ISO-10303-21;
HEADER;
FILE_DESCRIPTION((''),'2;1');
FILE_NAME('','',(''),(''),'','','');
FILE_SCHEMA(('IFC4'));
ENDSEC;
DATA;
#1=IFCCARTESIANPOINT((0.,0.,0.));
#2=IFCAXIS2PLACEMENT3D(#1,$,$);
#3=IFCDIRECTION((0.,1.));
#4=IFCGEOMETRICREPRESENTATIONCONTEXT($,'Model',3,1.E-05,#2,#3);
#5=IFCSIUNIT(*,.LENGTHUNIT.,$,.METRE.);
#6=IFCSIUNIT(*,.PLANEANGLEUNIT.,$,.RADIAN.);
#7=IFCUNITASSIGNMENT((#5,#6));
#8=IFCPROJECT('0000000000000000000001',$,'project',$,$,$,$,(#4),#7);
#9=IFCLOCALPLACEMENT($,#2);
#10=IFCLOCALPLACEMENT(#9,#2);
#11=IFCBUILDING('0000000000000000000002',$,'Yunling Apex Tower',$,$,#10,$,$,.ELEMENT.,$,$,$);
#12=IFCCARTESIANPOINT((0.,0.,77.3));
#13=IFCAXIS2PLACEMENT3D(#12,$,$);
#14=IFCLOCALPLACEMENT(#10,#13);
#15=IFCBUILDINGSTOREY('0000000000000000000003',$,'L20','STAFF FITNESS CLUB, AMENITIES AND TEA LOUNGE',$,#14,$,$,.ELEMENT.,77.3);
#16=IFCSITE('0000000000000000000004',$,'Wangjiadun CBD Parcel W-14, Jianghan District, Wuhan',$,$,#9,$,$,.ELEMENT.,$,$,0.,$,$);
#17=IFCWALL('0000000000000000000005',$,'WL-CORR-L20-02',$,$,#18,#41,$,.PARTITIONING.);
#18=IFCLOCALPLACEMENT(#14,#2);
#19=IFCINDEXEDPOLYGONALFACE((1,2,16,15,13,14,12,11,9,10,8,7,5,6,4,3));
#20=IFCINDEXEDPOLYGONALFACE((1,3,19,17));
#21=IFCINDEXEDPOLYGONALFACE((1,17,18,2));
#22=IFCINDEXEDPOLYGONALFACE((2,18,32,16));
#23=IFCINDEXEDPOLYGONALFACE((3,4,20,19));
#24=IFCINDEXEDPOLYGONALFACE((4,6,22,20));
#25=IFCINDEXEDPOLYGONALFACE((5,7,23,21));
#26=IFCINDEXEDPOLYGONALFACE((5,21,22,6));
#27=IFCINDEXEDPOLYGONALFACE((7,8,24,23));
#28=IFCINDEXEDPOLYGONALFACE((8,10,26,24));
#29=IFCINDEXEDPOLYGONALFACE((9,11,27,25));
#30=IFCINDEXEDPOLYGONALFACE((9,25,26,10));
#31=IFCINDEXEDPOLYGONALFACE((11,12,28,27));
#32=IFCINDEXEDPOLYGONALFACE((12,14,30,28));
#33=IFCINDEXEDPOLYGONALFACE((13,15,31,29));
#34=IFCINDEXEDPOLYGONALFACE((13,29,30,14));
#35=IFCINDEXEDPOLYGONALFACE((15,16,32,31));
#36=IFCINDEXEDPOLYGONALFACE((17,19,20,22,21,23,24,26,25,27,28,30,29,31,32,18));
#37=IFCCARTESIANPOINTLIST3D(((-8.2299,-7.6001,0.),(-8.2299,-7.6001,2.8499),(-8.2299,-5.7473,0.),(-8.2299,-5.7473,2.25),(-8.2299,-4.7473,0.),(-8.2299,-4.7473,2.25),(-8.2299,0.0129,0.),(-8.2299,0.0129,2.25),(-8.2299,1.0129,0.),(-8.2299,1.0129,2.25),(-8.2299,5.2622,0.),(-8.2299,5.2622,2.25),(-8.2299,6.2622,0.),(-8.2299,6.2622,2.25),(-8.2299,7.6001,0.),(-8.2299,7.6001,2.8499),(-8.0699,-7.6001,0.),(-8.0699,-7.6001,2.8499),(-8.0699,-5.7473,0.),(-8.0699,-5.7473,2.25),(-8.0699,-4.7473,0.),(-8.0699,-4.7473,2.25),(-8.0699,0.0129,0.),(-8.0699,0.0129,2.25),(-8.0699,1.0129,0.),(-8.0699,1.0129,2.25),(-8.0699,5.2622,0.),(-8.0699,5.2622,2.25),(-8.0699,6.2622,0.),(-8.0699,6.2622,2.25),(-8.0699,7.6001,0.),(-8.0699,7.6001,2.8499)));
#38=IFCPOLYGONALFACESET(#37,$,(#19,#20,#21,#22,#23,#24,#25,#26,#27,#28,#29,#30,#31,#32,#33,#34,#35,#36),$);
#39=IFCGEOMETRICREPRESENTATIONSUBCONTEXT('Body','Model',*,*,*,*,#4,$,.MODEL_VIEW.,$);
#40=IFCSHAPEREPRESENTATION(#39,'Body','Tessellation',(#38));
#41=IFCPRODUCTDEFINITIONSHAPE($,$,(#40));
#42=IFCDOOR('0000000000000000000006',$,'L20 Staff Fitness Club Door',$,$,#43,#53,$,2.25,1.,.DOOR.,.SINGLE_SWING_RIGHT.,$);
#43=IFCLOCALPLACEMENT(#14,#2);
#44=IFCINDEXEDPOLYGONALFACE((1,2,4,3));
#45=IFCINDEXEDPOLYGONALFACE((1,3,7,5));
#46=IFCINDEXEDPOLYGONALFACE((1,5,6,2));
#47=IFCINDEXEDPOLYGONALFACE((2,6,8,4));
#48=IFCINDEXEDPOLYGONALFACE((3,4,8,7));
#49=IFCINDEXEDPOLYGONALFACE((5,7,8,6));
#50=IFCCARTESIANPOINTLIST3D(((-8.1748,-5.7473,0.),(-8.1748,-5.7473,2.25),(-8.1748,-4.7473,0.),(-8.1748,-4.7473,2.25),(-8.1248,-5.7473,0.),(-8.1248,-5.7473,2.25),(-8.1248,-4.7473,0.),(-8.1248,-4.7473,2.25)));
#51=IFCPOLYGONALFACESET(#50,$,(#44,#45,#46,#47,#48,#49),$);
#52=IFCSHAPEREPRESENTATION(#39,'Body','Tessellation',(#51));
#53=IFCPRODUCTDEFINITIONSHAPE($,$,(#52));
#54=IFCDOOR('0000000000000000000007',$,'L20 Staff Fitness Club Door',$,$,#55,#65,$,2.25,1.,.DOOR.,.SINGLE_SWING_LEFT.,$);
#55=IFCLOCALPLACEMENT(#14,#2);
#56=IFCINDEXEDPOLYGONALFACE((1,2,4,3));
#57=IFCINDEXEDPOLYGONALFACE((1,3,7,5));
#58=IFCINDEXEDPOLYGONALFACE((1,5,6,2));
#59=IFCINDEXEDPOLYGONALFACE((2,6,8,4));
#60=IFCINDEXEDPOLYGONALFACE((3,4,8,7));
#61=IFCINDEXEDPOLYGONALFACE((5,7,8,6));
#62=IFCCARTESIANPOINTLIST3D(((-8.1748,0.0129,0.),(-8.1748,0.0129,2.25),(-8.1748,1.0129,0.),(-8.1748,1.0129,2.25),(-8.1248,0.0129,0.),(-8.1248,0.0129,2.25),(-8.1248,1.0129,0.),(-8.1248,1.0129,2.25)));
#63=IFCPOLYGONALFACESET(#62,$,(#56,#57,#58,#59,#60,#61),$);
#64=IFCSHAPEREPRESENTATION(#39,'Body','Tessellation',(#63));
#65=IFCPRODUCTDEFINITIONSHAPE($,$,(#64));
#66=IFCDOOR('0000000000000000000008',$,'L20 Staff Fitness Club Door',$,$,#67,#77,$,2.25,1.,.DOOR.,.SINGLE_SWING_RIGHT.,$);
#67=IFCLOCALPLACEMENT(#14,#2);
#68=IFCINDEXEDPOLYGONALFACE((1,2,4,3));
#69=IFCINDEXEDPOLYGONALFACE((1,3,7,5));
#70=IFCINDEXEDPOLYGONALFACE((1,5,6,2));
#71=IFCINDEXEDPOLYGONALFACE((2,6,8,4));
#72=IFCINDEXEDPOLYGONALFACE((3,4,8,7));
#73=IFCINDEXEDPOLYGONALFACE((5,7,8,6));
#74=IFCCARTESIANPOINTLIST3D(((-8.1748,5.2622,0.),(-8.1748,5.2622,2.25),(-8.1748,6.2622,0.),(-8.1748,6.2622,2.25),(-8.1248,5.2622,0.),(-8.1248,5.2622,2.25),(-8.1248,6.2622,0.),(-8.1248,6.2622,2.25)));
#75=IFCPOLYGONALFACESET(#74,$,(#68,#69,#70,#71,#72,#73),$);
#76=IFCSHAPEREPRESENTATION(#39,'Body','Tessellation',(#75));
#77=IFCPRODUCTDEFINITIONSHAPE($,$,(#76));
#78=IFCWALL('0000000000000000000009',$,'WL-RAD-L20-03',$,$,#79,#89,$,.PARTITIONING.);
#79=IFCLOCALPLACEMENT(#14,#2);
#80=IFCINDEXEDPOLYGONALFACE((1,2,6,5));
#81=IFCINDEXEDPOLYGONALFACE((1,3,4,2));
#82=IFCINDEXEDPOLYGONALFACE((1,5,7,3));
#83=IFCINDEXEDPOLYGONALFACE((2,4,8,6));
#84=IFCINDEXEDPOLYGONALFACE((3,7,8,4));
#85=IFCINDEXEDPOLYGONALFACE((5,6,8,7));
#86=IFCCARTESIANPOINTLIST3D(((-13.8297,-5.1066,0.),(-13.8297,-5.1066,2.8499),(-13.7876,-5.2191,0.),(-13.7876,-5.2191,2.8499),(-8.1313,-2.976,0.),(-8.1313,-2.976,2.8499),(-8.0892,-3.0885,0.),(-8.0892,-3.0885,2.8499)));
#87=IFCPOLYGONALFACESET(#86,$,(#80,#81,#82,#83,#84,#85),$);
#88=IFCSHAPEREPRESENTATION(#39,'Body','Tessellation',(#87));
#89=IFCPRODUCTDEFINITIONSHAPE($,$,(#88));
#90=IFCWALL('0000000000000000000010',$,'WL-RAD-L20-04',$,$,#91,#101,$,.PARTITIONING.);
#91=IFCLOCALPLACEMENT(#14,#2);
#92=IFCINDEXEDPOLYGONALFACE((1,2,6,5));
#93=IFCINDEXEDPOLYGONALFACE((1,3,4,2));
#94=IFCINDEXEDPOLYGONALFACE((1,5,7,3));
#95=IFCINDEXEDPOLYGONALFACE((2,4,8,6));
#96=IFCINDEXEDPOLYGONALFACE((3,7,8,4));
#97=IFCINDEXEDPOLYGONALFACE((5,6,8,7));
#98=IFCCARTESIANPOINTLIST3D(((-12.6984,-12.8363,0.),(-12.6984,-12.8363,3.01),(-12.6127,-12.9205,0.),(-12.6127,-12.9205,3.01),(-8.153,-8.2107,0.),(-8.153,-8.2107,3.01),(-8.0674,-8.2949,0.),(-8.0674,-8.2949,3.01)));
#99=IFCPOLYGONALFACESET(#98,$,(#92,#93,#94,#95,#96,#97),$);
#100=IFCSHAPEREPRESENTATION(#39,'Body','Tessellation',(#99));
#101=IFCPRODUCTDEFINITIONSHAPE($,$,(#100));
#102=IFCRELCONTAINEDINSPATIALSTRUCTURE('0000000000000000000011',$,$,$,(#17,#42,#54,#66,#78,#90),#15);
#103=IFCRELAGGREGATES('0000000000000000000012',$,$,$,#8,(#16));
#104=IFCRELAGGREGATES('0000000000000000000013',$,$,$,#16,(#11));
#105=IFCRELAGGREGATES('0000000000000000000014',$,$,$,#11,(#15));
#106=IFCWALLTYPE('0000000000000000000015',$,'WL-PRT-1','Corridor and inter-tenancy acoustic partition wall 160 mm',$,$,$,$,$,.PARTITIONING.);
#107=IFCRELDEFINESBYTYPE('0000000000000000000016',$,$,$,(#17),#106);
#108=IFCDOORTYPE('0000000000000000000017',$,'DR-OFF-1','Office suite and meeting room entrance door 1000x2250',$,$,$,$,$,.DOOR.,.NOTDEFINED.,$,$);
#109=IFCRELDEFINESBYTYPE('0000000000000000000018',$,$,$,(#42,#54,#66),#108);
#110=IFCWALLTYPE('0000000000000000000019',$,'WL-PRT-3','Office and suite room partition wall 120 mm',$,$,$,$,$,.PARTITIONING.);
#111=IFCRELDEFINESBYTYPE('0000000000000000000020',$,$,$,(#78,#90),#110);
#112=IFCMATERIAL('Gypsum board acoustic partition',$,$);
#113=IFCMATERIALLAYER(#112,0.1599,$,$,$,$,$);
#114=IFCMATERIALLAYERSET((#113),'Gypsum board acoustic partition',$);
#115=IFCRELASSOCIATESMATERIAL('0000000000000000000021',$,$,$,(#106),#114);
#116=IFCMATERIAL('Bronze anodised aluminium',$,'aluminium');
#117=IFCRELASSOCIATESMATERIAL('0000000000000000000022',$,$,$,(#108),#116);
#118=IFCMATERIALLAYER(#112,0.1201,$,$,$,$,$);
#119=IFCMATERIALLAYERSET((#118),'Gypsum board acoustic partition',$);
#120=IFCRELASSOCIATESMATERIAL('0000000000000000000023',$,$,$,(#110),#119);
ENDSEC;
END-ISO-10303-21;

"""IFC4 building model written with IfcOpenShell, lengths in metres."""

from ifc_helpers import new_model, si_unit, direction, frame, frame_2d, origin, place, context, subcontext, project, spatial, rectangle, extrude, material, layer, layer_set, type_object, element, fill, save


model = new_model("IFC4")

# Units and contexts
model_context = context("Model", 3, precision=1e-05, world=origin(), true_north=direction((0.0, 1.0)))
body_context = subcontext(model_context, "Body", "Model", "MODEL_VIEW")
ifc_project = project(units=[si_unit("LENGTHUNIT", "METRE"), si_unit("PLANEANGLEUNIT", "RADIAN")], contexts=[model_context])

# Site, building, storey
site_placement = place(None, origin())
site = spatial("IfcSite", under=ifc_project, at=site_placement, Name="Wangjiadun CBD Parcel W-14, Jianghan District, Wuhan", CompositionType="ELEMENT", RefElevation=0.0)
building_placement = place(site_placement, origin())
building = spatial("IfcBuilding", under=site, at=building_placement, Name="Yunling Apex Tower", CompositionType="ELEMENT")
storey_placement = place(building_placement, frame((0.0, 0.0, 77.3)))
storey = spatial("IfcBuildingStorey", under=building, at=storey_placement, Name="L20", Description="STAFF FITNESS CLUB, AMENITIES AND TEA LOUNGE", CompositionType="ELEMENT", Elevation=77.3)

# Shared definitions
ifc_material_1 = material(Name="Bronze anodised aluminium", Category="aluminium")

# Wall, openings, doors
ifc_material_2 = material(Name="Gypsum board acoustic partition")
ifc_layer_1 = layer(ifc_material_2, 0.1599)
ifc_layer_set_1 = layer_set([ifc_layer_1], Name="Gypsum board acoustic partition")
wall_type_1 = type_object("IfcWallType", Name="WL-PRT-1", Description="Corridor and inter-tenancy acoustic partition wall 160 mm", PredefinedType="PARTITIONING", material=ifc_layer_set_1)
wall_1_placement = place(storey_placement, frame((-8.1499, -7.6001, 0.0), z_axis=(0.0, 0.0, 1.0), x_axis=(0.0, 1.0, 0.0)))
wall_1 = element("IfcWall", 1, at=wall_1_placement, inside=storey, type_object=wall_type_1, Name="WL-CORR-L20-02", PredefinedType="PARTITIONING", context=body_context, shape_type="SweptSolid", body=[
    extrude(rectangle(XDim=15.2002, YDim=0.1599, at=frame_2d((7.6001, 0.0))), origin(), (0.0, 0.0, 1.0), 2.8499),
])
opening_1_placement = place(wall_1_placement, frame((1.8528, 0.0, 0.0)))
opening_1 = element("IfcOpeningElement", 2, at=opening_1_placement, cuts=wall_1, PredefinedType="OPENING", context=body_context, shape_type="SweptSolid", body=[
    extrude(rectangle(XDim=1.0, YDim=2.25, at=frame_2d((0.5, 1.125))), frame((0.0, 0.0898, 0.0), z_axis=(0.0, -1.0, 0.0), x_axis=(1.0, 0.0, 0.0)), (0.0, 0.0, 1.0), 0.1799),
])
opening_2_placement = place(wall_1_placement, frame((7.613, 0.0, 0.0)))
opening_2 = element("IfcOpeningElement", 3, at=opening_2_placement, cuts=wall_1, PredefinedType="OPENING", context=body_context, shape_type="SweptSolid", body=[
    extrude(rectangle(XDim=1.0, YDim=2.25, at=frame_2d((0.5, 1.125))), frame((0.0, 0.0898, 0.0), z_axis=(0.0, -1.0, 0.0), x_axis=(1.0, 0.0, 0.0)), (0.0, 0.0, 1.0), 0.1799),
])
opening_3_placement = place(wall_1_placement, frame((12.8623, 0.0, 0.0)))
opening_3 = element("IfcOpeningElement", 4, at=opening_3_placement, cuts=wall_1, PredefinedType="OPENING", context=body_context, shape_type="SweptSolid", body=[
    extrude(rectangle(XDim=1.0, YDim=2.25, at=frame_2d((0.5, 1.125))), frame((0.0, 0.0898, 0.0), z_axis=(0.0, -1.0, 0.0), x_axis=(1.0, 0.0, 0.0)), (0.0, 0.0, 1.0), 0.1799),
])
door_type = type_object("IfcDoorType", Name="DR-OFF-1", Description="Office suite and meeting room entrance door 1000x2250", OperationType="NOTDEFINED", PredefinedType="DOOR", material=ifc_material_1)
door_1_placement = place(opening_1_placement, origin())
door_1 = element("IfcDoor", 5, at=door_1_placement, inside=storey, type_object=door_type, Name="L20 Staff Fitness Club Door", OperationType="SINGLE_SWING_RIGHT", OverallHeight=2.25, OverallWidth=1.0, PredefinedType="DOOR", context=body_context, shape_type="SweptSolid", body=[
    extrude(rectangle(XDim=1.0, YDim=2.25, at=frame_2d((0.5, 1.125))), frame((0.0, 0.0249, 0.0), z_axis=(0.0, -1.0, 0.0), x_axis=(1.0, 0.0, 0.0)), (0.0, 0.0, 1.0), 0.05),
])
fill(opening_1, door_1)
door_2_placement = place(opening_2_placement, origin())
door_2 = element("IfcDoor", 6, at=door_2_placement, inside=storey, type_object=door_type, Name="L20 Staff Fitness Club Door", OperationType="SINGLE_SWING_LEFT", OverallHeight=2.25, OverallWidth=1.0, PredefinedType="DOOR", context=body_context, shape_type="SweptSolid", body=[
    extrude(rectangle(XDim=1.0, YDim=2.25, at=frame_2d((0.5, 1.125))), frame((0.0, 0.0249, 0.0), z_axis=(0.0, -1.0, 0.0), x_axis=(1.0, 0.0, 0.0)), (0.0, 0.0, 1.0), 0.05),
])
fill(opening_2, door_2)
door_3_placement = place(opening_3_placement, origin())
door_3 = element("IfcDoor", 7, at=door_3_placement, inside=storey, type_object=door_type, Name="L20 Staff Fitness Club Door", OperationType="SINGLE_SWING_RIGHT", OverallHeight=2.25, OverallWidth=1.0, PredefinedType="DOOR", context=body_context, shape_type="SweptSolid", body=[
    extrude(rectangle(XDim=1.0, YDim=2.25, at=frame_2d((0.5, 1.125))), frame((0.0, 0.0249, 0.0), z_axis=(0.0, -1.0, 0.0), x_axis=(1.0, 0.0, 0.0)), (0.0, 0.0, 1.0), 0.05),
])
fill(opening_3, door_3)

# Walls
ifc_layer_2 = layer(ifc_material_2, 0.1201)
ifc_layer_set_2 = layer_set([ifc_layer_2], Name="Gypsum board acoustic partition")
wall_type_2 = type_object("IfcWallType", Name="WL-PRT-3", Description="Office and suite room partition wall 120 mm", PredefinedType="PARTITIONING", material=ifc_layer_set_2)
wall_2_placement = place(storey_placement, frame((-8.1101, -3.0322, 0.0), z_axis=(0.0, 0.0, 1.0), x_axis=(-0.93667, -0.350213, 0.0)))
element("IfcWall", 8, at=wall_2_placement, inside=storey, type_object=wall_type_2, Name="WL-RAD-L20-03", PredefinedType="PARTITIONING", context=body_context, shape_type="SweptSolid", body=[
    extrude(rectangle(XDim=6.0837, YDim=0.1201, at=frame_2d((3.042, 0.0))), origin(), (0.0, 0.0, 1.0), 2.8499),
])
wall_3_placement = place(storey_placement, frame((-8.1101, -8.2527, 0.0), z_axis=(0.0, 0.0, 1.0), x_axis=(-0.700887, -0.713272, 0.0)))
element("IfcWall", 9, at=wall_3_placement, inside=storey, type_object=wall_type_2, Name="WL-RAD-L20-04", PredefinedType="PARTITIONING", context=body_context, shape_type="SweptSolid", body=[
    extrude(rectangle(XDim=6.4851, YDim=0.1201, at=frame_2d((3.2427, 0.0))), origin(), (0.0, 0.0, 1.0), 3.01),
])

save(model, "model.ifc")
